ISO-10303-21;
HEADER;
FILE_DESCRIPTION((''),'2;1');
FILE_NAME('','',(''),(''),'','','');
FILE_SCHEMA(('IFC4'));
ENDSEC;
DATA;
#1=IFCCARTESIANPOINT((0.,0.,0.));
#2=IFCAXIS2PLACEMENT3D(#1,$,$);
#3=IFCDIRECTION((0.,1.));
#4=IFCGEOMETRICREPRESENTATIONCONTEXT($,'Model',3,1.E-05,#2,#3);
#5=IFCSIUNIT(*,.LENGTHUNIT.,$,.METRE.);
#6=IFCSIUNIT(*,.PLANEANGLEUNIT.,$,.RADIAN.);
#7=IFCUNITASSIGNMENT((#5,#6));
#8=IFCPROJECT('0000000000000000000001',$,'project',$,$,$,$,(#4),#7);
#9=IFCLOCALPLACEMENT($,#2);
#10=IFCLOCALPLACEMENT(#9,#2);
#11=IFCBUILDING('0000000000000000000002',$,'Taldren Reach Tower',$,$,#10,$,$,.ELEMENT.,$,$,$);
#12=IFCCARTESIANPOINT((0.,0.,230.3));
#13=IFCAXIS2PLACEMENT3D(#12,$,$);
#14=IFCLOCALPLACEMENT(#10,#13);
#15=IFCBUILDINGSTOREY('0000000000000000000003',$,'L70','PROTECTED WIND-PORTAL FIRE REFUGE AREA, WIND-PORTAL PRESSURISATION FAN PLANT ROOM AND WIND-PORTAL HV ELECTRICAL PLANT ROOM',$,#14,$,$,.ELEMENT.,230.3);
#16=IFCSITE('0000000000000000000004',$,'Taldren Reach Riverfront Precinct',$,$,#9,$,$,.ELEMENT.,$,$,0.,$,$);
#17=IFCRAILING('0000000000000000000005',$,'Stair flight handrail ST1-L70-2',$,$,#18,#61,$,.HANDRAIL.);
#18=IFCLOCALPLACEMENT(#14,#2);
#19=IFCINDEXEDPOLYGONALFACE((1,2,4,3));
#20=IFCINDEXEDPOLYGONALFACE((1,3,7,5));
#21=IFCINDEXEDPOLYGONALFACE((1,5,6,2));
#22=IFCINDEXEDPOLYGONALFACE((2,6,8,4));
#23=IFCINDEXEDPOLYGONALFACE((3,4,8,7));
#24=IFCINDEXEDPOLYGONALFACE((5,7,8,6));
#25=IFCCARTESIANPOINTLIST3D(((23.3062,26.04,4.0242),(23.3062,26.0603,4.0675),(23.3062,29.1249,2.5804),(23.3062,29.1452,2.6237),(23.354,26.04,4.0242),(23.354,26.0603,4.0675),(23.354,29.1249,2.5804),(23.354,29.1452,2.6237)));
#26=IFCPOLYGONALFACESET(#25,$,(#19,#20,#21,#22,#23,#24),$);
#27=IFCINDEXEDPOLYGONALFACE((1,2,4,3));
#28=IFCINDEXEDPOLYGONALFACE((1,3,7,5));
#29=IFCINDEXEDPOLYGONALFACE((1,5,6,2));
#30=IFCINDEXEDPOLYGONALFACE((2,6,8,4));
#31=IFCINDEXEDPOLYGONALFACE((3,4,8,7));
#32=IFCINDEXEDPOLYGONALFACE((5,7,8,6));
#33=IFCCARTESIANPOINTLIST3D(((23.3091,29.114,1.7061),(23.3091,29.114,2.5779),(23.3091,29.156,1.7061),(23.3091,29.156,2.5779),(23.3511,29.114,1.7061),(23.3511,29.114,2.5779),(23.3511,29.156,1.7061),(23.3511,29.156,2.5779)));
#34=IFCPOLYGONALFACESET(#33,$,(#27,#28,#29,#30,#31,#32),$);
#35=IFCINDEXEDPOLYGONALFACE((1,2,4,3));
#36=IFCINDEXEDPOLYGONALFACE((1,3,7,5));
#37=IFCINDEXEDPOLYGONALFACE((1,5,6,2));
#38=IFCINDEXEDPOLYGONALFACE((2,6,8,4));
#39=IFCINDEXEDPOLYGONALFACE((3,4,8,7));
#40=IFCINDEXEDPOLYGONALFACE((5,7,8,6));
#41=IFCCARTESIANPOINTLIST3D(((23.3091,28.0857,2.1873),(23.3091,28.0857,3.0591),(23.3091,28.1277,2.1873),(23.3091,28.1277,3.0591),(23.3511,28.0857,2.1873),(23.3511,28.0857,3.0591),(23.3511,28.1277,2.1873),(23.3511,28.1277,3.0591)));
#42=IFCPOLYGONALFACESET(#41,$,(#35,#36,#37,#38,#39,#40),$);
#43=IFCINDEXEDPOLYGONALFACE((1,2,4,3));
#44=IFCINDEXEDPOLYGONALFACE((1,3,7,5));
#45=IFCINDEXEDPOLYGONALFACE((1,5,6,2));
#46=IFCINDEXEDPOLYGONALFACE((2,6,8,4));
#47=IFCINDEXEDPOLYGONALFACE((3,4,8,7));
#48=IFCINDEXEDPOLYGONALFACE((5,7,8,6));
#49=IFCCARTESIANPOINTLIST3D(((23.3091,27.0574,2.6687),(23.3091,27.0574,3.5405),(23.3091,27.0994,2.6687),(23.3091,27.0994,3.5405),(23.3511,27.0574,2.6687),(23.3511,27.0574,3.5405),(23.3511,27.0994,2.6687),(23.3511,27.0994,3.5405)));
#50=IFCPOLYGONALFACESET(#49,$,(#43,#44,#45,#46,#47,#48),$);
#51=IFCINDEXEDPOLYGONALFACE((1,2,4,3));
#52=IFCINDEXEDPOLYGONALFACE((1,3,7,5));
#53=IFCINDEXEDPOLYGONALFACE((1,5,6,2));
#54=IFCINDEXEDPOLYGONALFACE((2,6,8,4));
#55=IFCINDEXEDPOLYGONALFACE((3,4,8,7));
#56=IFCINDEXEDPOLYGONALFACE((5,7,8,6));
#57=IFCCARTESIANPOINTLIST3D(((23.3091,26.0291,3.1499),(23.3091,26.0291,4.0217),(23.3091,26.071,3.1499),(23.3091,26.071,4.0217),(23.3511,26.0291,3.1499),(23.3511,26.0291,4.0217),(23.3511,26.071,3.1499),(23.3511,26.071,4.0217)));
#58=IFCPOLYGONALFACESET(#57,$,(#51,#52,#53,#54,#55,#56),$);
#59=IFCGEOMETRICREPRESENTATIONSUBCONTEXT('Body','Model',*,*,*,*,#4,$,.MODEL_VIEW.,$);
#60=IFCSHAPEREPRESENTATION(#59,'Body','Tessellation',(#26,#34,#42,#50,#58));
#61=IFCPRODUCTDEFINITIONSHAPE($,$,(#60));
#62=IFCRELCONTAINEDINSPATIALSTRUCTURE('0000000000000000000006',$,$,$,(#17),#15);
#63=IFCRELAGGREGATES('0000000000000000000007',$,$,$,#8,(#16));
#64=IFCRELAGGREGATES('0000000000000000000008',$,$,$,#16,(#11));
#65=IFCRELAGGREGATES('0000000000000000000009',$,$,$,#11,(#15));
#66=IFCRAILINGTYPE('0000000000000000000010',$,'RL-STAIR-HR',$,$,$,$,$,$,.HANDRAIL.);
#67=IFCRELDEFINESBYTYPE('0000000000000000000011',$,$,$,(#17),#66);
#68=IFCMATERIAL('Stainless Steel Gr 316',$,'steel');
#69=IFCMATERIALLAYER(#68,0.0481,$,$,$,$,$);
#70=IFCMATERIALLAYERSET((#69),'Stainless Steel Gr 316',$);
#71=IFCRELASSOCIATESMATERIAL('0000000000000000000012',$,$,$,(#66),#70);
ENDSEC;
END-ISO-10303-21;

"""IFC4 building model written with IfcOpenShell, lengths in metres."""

from ifc_helpers import new_model, si_unit, direction, frame, origin, origin_2d, place, context, subcontext, project, spatial, rectangle, extrude, material, layer, layer_set, type_object, element, save


model = new_model("IFC4")

# Units and contexts
model_context = context("Model", 3, precision=1e-05, world=origin(), true_north=direction((0.0, 1.0)))
body_context = subcontext(model_context, "Body", "Model", "MODEL_VIEW")
ifc_project = project(units=[si_unit("LENGTHUNIT", "METRE"), si_unit("PLANEANGLEUNIT", "RADIAN")], contexts=[model_context])

# Site, building, storey
site_placement = place(None, origin())
site = spatial("IfcSite", under=ifc_project, at=site_placement, Name="Taldren Reach Riverfront Precinct", CompositionType="ELEMENT", RefElevation=0.0)
building_placement = place(site_placement, origin())
building = spatial("IfcBuilding", under=site, at=building_placement, Name="Taldren Reach Tower", CompositionType="ELEMENT")
storey_placement = place(building_placement, frame((0.0, 0.0, 230.3)))
storey = spatial("IfcBuildingStorey", under=building, at=storey_placement, Name="L70", Description="PROTECTED WIND-PORTAL FIRE REFUGE AREA, WIND-PORTAL PRESSURISATION FAN PLANT ROOM AND WIND-PORTAL HV ELECTRICAL PLANT ROOM", CompositionType="ELEMENT", Elevation=230.3)

# Railing
ifc_material_1 = material(Name="Stainless Steel Gr 316", Category="steel")
ifc_layer_1 = layer(ifc_material_1, 0.0481)
ifc_layer_set_1 = layer_set([ifc_layer_1], Name="Stainless Steel Gr 316")
railing_type = type_object("IfcRailingType", Name="RL-STAIR-HR", PredefinedType="HANDRAIL", material=ifc_layer_set_1)
railing_placement = place(storey_placement, frame((23.3301, 29.135, 1.7061)))
element("IfcRailing", 1, at=railing_placement, inside=storey, type_object=railing_type, Name="Stair flight handrail ST1-L70-2", PredefinedType="HANDRAIL", context=body_context, shape_type="SweptSolid", body=[
    extrude(rectangle(XDim=0.0479, YDim=0.0479, at=origin_2d()), frame((0.0, 0.0, 0.896), z_axis=(0.0, -0.90571, 0.423898), x_axis=(1.0, 0.0, 0.0)), (0.0, 0.0, 1.0), 3.406),
    extrude(rectangle(XDim=0.042, YDim=0.042, at=origin_2d()), origin(), (0.0, 0.0, 1.0), 0.8718),
    extrude(rectangle(XDim=0.042, YDim=0.042, at=origin_2d()), frame((0.0, -1.0283, 0.4812)), (0.0, 0.0, 1.0), 0.8718),
    extrude(rectangle(XDim=0.042, YDim=0.042, at=origin_2d()), frame((0.0, -2.0566, 0.9626)), (0.0, 0.0, 1.0), 0.8718),
    extrude(rectangle(XDim=0.042, YDim=0.042, at=origin_2d()), frame((0.0, -3.085, 1.4438)), (0.0, 0.0, 1.0), 0.8718),
])

save(model, "model.ifc")
